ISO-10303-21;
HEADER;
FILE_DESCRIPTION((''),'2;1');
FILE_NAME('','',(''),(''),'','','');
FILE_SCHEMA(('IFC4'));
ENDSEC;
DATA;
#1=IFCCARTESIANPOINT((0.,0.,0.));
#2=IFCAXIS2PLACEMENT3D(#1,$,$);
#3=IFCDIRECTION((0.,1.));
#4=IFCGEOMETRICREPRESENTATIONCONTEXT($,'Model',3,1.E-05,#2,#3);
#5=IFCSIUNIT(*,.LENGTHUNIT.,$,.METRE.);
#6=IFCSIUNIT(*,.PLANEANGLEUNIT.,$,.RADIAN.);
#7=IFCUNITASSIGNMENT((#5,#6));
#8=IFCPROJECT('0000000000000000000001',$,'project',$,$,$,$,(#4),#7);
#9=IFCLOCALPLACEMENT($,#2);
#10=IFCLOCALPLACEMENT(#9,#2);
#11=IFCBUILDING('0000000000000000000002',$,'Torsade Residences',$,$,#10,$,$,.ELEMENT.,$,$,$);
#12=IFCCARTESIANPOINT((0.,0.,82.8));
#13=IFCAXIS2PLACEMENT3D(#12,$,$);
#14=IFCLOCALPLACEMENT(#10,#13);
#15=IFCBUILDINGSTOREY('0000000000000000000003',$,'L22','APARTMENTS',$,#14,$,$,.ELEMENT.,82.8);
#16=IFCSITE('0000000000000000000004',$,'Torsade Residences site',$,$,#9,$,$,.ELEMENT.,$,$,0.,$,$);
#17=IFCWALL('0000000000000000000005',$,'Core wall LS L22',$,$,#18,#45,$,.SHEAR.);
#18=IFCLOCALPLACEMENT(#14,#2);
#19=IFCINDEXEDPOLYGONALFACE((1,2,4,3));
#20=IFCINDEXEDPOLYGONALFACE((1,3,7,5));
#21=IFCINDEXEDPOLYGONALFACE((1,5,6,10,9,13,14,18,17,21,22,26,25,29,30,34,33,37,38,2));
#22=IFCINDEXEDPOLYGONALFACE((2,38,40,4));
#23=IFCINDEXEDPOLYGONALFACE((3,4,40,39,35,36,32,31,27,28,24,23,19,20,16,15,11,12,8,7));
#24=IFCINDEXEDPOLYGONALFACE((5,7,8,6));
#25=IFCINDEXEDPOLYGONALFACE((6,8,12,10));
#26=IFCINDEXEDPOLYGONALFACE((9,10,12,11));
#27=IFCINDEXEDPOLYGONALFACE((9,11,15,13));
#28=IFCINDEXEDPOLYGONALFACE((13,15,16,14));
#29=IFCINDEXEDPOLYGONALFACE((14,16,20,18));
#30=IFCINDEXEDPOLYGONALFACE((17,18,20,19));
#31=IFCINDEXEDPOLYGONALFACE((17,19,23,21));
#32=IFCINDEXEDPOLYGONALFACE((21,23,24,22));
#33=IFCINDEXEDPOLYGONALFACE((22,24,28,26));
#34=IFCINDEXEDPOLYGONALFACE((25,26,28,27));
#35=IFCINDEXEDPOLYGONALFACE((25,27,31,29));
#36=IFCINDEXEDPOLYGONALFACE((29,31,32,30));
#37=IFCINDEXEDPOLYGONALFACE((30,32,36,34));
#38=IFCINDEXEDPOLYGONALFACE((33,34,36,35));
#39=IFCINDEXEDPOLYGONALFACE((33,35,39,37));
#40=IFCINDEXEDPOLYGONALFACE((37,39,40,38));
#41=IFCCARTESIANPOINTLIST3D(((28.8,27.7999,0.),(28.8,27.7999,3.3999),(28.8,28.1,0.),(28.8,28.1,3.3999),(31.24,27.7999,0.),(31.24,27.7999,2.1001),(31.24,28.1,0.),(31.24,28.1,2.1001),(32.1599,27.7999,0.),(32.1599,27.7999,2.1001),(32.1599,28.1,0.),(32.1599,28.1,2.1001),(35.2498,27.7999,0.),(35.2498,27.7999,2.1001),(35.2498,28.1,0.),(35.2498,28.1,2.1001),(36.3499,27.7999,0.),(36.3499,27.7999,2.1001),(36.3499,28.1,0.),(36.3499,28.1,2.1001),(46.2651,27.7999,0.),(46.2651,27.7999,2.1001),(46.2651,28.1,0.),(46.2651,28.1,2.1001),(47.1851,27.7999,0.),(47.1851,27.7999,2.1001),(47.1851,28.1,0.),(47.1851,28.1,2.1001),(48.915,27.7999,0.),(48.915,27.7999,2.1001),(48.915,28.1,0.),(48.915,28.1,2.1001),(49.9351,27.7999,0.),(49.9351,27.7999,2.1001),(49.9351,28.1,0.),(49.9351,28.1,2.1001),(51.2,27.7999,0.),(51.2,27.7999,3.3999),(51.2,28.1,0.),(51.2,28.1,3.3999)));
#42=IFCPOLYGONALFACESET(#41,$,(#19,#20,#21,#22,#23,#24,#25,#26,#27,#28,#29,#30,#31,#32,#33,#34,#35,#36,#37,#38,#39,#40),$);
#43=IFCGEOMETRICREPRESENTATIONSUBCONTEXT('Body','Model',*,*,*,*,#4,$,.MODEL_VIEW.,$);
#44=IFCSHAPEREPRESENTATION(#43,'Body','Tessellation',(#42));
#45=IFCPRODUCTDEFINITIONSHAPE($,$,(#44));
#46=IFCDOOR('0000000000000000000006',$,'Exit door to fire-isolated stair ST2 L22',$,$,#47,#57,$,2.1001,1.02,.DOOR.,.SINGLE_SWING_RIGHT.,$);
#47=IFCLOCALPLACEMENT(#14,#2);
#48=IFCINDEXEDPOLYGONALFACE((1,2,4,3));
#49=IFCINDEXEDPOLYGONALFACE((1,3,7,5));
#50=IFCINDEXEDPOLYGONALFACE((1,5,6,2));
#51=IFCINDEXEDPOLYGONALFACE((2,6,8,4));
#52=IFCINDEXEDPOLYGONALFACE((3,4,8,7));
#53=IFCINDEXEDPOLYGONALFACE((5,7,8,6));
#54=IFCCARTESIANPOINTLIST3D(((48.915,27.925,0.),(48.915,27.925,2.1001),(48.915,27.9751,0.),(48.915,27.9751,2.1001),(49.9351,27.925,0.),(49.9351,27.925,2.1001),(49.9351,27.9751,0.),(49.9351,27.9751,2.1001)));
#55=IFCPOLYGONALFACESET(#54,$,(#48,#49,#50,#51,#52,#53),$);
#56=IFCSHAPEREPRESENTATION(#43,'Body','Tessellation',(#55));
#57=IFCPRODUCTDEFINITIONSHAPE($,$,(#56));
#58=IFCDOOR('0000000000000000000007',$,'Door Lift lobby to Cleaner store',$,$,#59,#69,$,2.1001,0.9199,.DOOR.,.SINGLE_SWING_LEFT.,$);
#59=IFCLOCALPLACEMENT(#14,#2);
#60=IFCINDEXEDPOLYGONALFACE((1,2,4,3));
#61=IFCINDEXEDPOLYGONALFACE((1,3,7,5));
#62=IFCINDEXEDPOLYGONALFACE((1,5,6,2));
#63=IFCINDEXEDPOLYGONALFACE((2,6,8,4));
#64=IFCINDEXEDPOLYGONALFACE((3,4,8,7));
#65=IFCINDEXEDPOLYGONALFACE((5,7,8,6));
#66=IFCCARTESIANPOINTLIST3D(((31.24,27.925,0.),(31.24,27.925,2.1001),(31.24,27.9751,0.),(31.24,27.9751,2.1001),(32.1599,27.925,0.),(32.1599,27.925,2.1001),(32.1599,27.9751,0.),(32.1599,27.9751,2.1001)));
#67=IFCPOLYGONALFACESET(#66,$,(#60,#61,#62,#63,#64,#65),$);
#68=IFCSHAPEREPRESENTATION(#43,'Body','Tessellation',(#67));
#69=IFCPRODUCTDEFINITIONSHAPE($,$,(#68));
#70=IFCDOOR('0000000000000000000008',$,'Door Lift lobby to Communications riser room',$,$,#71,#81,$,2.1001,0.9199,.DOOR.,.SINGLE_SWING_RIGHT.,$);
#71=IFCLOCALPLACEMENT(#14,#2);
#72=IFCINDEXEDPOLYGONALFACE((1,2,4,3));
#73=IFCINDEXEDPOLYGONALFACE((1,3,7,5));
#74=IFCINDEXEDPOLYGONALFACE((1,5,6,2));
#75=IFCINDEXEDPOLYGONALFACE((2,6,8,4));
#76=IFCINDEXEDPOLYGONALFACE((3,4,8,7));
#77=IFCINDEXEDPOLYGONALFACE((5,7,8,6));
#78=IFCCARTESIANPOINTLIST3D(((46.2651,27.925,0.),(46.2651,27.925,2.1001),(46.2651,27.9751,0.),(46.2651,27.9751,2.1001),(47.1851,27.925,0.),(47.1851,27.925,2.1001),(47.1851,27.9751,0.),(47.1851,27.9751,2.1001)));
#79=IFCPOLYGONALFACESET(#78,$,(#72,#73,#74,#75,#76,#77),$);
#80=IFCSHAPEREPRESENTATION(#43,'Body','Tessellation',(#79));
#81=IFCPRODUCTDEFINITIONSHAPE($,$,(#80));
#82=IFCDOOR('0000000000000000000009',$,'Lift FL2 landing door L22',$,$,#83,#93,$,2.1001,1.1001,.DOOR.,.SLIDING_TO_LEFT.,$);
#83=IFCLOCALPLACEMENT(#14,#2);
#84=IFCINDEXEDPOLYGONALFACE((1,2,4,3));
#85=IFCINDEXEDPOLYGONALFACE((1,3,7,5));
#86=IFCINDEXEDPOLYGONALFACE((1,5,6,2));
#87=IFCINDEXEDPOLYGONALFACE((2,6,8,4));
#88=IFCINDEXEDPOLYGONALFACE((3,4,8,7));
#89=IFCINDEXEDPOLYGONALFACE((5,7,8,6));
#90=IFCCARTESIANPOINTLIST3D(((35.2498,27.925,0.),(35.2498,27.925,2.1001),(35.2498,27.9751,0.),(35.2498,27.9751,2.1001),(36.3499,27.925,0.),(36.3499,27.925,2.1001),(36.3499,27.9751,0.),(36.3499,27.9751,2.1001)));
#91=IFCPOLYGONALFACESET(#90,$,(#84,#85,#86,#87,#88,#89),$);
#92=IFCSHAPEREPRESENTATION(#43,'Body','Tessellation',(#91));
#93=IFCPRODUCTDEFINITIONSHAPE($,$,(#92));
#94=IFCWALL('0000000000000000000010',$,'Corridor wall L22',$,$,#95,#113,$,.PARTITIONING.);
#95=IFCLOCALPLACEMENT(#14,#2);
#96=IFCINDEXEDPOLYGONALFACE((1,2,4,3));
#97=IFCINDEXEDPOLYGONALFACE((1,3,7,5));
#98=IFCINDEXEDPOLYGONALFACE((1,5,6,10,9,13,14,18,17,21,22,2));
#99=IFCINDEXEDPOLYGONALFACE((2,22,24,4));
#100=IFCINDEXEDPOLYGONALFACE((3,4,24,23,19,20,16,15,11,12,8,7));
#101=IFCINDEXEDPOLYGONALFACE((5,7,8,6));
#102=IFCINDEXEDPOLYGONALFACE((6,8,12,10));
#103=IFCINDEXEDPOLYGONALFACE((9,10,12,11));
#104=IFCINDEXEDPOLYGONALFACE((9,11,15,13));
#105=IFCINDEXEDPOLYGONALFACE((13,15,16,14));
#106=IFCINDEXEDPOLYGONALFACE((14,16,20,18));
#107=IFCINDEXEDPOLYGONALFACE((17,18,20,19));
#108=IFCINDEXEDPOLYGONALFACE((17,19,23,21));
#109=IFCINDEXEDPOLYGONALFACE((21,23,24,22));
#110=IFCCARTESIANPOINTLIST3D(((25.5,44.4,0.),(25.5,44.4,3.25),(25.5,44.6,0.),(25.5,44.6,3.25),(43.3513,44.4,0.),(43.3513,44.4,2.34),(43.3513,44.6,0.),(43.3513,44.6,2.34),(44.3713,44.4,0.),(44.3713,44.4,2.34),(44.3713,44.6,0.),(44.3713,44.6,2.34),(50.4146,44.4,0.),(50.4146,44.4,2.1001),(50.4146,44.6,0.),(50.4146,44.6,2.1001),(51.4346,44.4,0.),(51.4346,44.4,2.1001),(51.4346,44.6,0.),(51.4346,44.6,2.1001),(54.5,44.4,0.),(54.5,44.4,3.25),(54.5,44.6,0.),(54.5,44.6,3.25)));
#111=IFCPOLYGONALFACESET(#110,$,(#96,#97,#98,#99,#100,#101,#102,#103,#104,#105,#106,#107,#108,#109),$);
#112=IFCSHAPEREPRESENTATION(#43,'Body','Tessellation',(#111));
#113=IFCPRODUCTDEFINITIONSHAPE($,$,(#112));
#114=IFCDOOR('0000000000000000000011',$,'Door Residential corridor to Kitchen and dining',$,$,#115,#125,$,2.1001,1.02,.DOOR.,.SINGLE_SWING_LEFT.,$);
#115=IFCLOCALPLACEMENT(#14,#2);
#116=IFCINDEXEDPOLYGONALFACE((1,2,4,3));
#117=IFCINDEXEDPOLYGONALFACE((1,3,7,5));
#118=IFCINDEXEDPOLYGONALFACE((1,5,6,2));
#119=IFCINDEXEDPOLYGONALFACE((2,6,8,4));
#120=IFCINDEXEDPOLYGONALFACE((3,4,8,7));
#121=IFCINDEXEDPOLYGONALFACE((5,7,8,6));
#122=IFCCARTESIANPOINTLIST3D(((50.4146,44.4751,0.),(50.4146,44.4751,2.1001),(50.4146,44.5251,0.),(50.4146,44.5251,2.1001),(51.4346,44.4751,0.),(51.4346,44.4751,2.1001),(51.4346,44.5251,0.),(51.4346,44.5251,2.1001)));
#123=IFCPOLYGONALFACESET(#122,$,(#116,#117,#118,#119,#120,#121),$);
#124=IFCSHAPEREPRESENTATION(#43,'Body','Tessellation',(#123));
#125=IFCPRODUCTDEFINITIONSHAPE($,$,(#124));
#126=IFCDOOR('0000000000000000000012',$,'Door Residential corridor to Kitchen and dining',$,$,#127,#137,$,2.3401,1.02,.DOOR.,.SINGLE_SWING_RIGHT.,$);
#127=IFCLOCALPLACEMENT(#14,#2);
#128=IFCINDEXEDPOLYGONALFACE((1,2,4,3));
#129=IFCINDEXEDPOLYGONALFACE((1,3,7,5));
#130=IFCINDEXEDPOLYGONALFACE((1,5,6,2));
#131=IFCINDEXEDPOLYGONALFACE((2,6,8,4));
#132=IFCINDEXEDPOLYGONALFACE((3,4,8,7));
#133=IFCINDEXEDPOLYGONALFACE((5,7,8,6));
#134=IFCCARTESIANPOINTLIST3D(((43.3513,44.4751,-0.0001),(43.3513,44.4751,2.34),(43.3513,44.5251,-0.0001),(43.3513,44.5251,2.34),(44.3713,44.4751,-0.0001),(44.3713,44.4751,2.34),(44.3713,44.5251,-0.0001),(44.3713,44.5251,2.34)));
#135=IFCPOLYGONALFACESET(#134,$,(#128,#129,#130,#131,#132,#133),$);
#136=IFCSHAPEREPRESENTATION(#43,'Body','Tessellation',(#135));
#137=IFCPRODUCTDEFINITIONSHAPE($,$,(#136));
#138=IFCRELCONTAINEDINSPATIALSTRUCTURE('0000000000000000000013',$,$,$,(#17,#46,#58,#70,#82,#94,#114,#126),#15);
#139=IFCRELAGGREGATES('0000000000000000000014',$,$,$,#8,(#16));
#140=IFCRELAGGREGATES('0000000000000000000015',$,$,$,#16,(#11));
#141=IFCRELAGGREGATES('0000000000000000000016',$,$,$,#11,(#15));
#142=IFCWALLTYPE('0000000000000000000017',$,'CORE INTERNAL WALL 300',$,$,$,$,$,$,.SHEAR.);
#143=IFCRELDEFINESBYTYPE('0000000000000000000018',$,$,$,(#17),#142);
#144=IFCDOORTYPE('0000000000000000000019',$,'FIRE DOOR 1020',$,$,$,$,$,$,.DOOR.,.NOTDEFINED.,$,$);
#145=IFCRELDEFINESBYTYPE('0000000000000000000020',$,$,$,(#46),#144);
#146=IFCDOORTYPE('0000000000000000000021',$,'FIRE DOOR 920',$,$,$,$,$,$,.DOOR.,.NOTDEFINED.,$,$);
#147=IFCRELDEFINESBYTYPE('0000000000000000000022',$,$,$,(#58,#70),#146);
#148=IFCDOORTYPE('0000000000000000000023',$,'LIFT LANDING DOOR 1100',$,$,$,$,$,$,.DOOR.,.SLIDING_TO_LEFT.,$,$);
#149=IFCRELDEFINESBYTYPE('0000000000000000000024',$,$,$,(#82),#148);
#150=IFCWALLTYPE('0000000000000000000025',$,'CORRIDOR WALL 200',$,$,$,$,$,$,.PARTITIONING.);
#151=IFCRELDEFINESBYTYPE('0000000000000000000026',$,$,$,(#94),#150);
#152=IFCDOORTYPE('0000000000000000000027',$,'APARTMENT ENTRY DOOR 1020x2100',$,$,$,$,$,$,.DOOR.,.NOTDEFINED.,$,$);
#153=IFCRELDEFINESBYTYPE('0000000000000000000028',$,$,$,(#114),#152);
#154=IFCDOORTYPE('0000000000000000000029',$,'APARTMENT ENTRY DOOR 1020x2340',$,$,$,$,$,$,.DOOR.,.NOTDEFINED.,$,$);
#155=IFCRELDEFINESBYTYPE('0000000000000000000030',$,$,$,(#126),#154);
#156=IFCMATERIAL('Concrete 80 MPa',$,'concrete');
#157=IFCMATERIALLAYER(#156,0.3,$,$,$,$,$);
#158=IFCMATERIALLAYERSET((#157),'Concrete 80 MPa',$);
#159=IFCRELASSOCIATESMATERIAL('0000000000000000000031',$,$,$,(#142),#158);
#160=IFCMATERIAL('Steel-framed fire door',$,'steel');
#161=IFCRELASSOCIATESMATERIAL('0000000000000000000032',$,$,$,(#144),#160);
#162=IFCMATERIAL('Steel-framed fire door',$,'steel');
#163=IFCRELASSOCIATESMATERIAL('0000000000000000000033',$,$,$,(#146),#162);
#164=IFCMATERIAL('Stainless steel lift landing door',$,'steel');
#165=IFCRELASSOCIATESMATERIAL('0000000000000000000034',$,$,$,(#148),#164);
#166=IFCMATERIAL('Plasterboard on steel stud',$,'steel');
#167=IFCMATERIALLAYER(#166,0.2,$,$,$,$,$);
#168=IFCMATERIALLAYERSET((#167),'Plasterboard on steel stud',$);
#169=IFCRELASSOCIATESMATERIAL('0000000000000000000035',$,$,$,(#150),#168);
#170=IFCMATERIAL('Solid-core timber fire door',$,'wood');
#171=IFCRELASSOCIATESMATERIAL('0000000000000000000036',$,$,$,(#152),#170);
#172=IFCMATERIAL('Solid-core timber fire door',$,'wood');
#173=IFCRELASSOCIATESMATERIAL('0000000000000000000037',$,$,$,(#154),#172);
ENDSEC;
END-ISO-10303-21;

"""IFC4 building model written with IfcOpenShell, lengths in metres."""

from ifc_helpers import new_model, si_unit, direction, frame, frame_2d, origin, place, context, subcontext, project, spatial, rectangle, extrude, material, layer, layer_set, type_object, element, fill, save


model = new_model("IFC4")

# Units and contexts
model_context = context("Model", 3, precision=1e-05, world=origin(), true_north=direction((0.0, 1.0)))
body_context = subcontext(model_context, "Body", "Model", "MODEL_VIEW")
ifc_project = project(units=[si_unit("LENGTHUNIT", "METRE"), si_unit("PLANEANGLEUNIT", "RADIAN")], contexts=[model_context])

# Site, building, storey
site_placement = place(None, origin())
site = spatial("IfcSite", under=ifc_project, at=site_placement, Name="Torsade Residences site", CompositionType="ELEMENT", RefElevation=0.0)
building_placement = place(site_placement, origin())
building = spatial("IfcBuilding", under=site, at=building_placement, Name="Torsade Residences", CompositionType="ELEMENT")
storey_placement = place(building_placement, frame((0.0, 0.0, 82.8)))
storey = spatial("IfcBuildingStorey", under=building, at=storey_placement, Name="L22", Description="APARTMENTS", CompositionType="ELEMENT", Elevation=82.8)

# Walls, openings, doors
ifc_material_1 = material(Name="Concrete 80 MPa", Category="concrete")
ifc_layer_1 = layer(ifc_material_1, 0.3)
ifc_layer_set_1 = layer_set([ifc_layer_1], Name="Concrete 80 MPa")
wall_type_1 = type_object("IfcWallType", Name="CORE INTERNAL WALL 300", PredefinedType="SHEAR", material=ifc_layer_set_1)
wall_1_placement = place(storey_placement, frame((51.2, 27.95, 0.0), z_axis=(0.0, 0.0, 1.0), x_axis=(-1.0, 0.0, 0.0)))
wall_1 = element("IfcWall", 1, at=wall_1_placement, inside=storey, type_object=wall_type_1, Name="Core wall LS L22", PredefinedType="SHEAR", context=body_context, shape_type="SweptSolid", body=[
    extrude(rectangle(XDim=22.3999, YDim=0.3, at=frame_2d((11.2, 0.0))), origin(), (0.0, 0.0, 1.0), 3.3999),
])
opening_1_placement = place(wall_1_placement, frame((19.04, 0.0, 0.0)))
opening_1 = element("IfcOpeningElement", 2, at=opening_1_placement, cuts=wall_1, PredefinedType="OPENING", context=body_context, shape_type="SweptSolid", body=[
    extrude(rectangle(XDim=0.9199, YDim=2.1001, at=frame_2d((0.46, 1.05))), frame((0.0, 0.1599, 0.0), z_axis=(0.0, -1.0, 0.0), x_axis=(1.0, 0.0, 0.0)), (0.0, 0.0, 1.0), 0.3201),
])
opening_2_placement = place(wall_1_placement, frame((1.2649, 0.0, 0.0)))
opening_2 = element("IfcOpeningElement", 3, at=opening_2_placement, cuts=wall_1, PredefinedType="OPENING", context=body_context, shape_type="SweptSolid", body=[
    extrude(rectangle(XDim=1.02, YDim=2.1001, at=frame_2d((0.51, 1.05))), frame((0.0, 0.1599, 0.0), z_axis=(0.0, -1.0, 0.0), x_axis=(1.0, 0.0, 0.0)), (0.0, 0.0, 1.0), 0.3201),
])
opening_3_placement = place(wall_1_placement, frame((4.0149, 0.0, 0.0)))
opening_3 = element("IfcOpeningElement", 4, at=opening_3_placement, cuts=wall_1, PredefinedType="OPENING", context=body_context, shape_type="SweptSolid", body=[
    extrude(rectangle(XDim=0.9199, YDim=2.1001, at=frame_2d((0.46, 1.05))), frame((0.0, 0.1599, 0.0), z_axis=(0.0, -1.0, 0.0), x_axis=(1.0, 0.0, 0.0)), (0.0, 0.0, 1.0), 0.3201),
])
opening_4_placement = place(wall_1_placement, frame((14.8501, 0.0, 0.0)))
opening_4 = element("IfcOpeningElement", 5, at=opening_4_placement, cuts=wall_1, PredefinedType="OPENING", context=body_context, shape_type="SweptSolid", body=[
    extrude(rectangle(XDim=1.1001, YDim=2.1001, at=frame_2d((0.55, 1.05))), frame((0.0, 0.1599, 0.0), z_axis=(0.0, -1.0, 0.0), x_axis=(1.0, 0.0, 0.0)), (0.0, 0.0, 1.0), 0.3201),
])
ifc_material_2 = material(Name="Steel-framed fire door", Category="steel")
door_type_1 = type_object("IfcDoorType", Name="FIRE DOOR 1020", OperationType="NOTDEFINED", PredefinedType="DOOR", material=ifc_material_2)
door_1_placement = place(opening_2_placement, origin())
door_1 = element("IfcDoor", 6, at=door_1_placement, inside=storey, type_object=door_type_1, Name="Exit door to fire-isolated stair ST2 L22", OperationType="SINGLE_SWING_RIGHT", OverallHeight=2.1001, OverallWidth=1.02, PredefinedType="DOOR", context=body_context, shape_type="SweptSolid", body=[
    extrude(rectangle(XDim=1.02, YDim=2.1001, at=frame_2d((0.51, 1.05))), frame((0.0, 0.0249, 0.0), z_axis=(0.0, -1.0, 0.0), x_axis=(1.0, 0.0, 0.0)), (0.0, 0.0, 1.0), 0.05),
])
fill(opening_2, door_1)
ifc_material_3 = material(Name="Steel-framed fire door", Category="steel")
door_type_2 = type_object("IfcDoorType", Name="FIRE DOOR 920", OperationType="NOTDEFINED", PredefinedType="DOOR", material=ifc_material_3)
door_2_placement = place(opening_1_placement, origin())
door_2 = element("IfcDoor", 7, at=door_2_placement, inside=storey, type_object=door_type_2, Name="Door Lift lobby to Cleaner store", OperationType="SINGLE_SWING_LEFT", OverallHeight=2.1001, OverallWidth=0.9199, PredefinedType="DOOR", context=body_context, shape_type="SweptSolid", body=[
    extrude(rectangle(XDim=0.9199, YDim=2.1001, at=frame_2d((0.46, 1.05))), frame((0.0, 0.0249, 0.0), z_axis=(0.0, -1.0, 0.0), x_axis=(1.0, 0.0, 0.0)), (0.0, 0.0, 1.0), 0.05),
])
fill(opening_1, door_2)
door_3_placement = place(opening_3_placement, origin())
door_3 = element("IfcDoor", 8, at=door_3_placement, inside=storey, type_object=door_type_2, Name="Door Lift lobby to Communications riser room", OperationType="SINGLE_SWING_RIGHT", OverallHeight=2.1001, OverallWidth=0.9199, PredefinedType="DOOR", context=body_context, shape_type="SweptSolid", body=[
    extrude(rectangle(XDim=0.9199, YDim=2.1001, at=frame_2d((0.46, 1.05))), frame((0.0, 0.0249, 0.0), z_axis=(0.0, -1.0, 0.0), x_axis=(1.0, 0.0, 0.0)), (0.0, 0.0, 1.0), 0.05),
])
fill(opening_3, door_3)
ifc_material_4 = material(Name="Stainless steel lift landing door", Category="steel")
door_type_3 = type_object("IfcDoorType", Name="LIFT LANDING DOOR 1100", OperationType="SLIDING_TO_LEFT", PredefinedType="DOOR", material=ifc_material_4)
door_4_placement = place(opening_4_placement, origin())
door_4 = element("IfcDoor", 9, at=door_4_placement, inside=storey, type_object=door_type_3, Name="Lift FL2 landing door L22", OperationType="SLIDING_TO_LEFT", OverallHeight=2.1001, OverallWidth=1.1001, PredefinedType="DOOR", context=body_context, shape_type="SweptSolid", body=[
    extrude(rectangle(XDim=1.1001, YDim=2.1001, at=frame_2d((0.55, 1.05))), frame((0.0, 0.0249, 0.0), z_axis=(0.0, -1.0, 0.0), x_axis=(1.0, 0.0, 0.0)), (0.0, 0.0, 1.0), 0.05),
])
fill(opening_4, door_4)
ifc_material_5 = material(Name="Plasterboard on steel stud", Category="steel")
ifc_layer_2 = layer(ifc_material_5, 0.2)
ifc_layer_set_2 = layer_set([ifc_layer_2], Name="Plasterboard on steel stud")
wall_type_2 = type_object("IfcWallType", Name="CORRIDOR WALL 200", PredefinedType="PARTITIONING", material=ifc_layer_set_2)
wall_2_placement = place(storey_placement, frame((54.5, 44.5, 0.0), z_axis=(0.0, 0.0, 1.0), x_axis=(-1.0, 0.0, 0.0)))
wall_2 = element("IfcWall", 10, at=wall_2_placement, inside=storey, type_object=wall_type_2, Name="Corridor wall L22", PredefinedType="PARTITIONING", context=body_context, shape_type="SweptSolid", body=[
    extrude(rectangle(XDim=29.0, YDim=0.2, at=frame_2d((14.5, 0.0))), origin(), (0.0, 0.0, 1.0), 3.25),
])
opening_5_placement = place(wall_2_placement, frame((10.1287, 0.0, 0.0)))
opening_5 = element("IfcOpeningElement", 11, at=opening_5_placement, cuts=wall_2, PredefinedType="OPENING", context=body_context, shape_type="SweptSolid", body=[
    extrude(rectangle(XDim=1.02, YDim=2.3401, at=frame_2d((0.51, 1.1699))), frame((0.0, 0.1099, 0.0), z_axis=(0.0, -1.0, 0.0), x_axis=(1.0, 0.0, 0.0)), (0.0, 0.0, 1.0), 0.22),
])
opening_6_placement = place(wall_2_placement, frame((3.0654, 0.0, 0.0)))
opening_6 = element("IfcOpeningElement", 12, at=opening_6_placement, cuts=wall_2, PredefinedType="OPENING", context=body_context, shape_type="SweptSolid", body=[
    extrude(rectangle(XDim=1.02, YDim=2.1001, at=frame_2d((0.51, 1.05))), frame((0.0, 0.1099, 0.0), z_axis=(0.0, -1.0, 0.0), x_axis=(1.0, 0.0, 0.0)), (0.0, 0.0, 1.0), 0.22),
])
ifc_material_6 = material(Name="Solid-core timber fire door", Category="wood")
door_type_4 = type_object("IfcDoorType", Name="APARTMENT ENTRY DOOR 1020x2100", OperationType="NOTDEFINED", PredefinedType="DOOR", material=ifc_material_6)
door_5_placement = place(opening_6_placement, origin())
door_5 = element("IfcDoor", 13, at=door_5_placement, inside=storey, type_object=door_type_4, Name="Door Residential corridor to Kitchen and dining", OperationType="SINGLE_SWING_LEFT", OverallHeight=2.1001, OverallWidth=1.02, PredefinedType="DOOR", context=body_context, shape_type="SweptSolid", body=[
    extrude(rectangle(XDim=1.02, YDim=2.1001, at=frame_2d((0.51, 1.05))), frame((0.0, 0.0249, 0.0), z_axis=(0.0, -1.0, 0.0), x_axis=(1.0, 0.0, 0.0)), (0.0, 0.0, 1.0), 0.05),
])
fill(opening_6, door_5)
ifc_material_7 = material(Name="Solid-core timber fire door", Category="wood")
door_type_5 = type_object("IfcDoorType", Name="APARTMENT ENTRY DOOR 1020x2340", OperationType="NOTDEFINED", PredefinedType="DOOR", material=ifc_material_7)
door_6_placement = place(opening_5_placement, origin())
door_6 = element("IfcDoor", 14, at=door_6_placement, inside=storey, type_object=door_type_5, Name="Door Residential corridor to Kitchen and dining", OperationType="SINGLE_SWING_RIGHT", OverallHeight=2.3401, OverallWidth=1.02, PredefinedType="DOOR", context=body_context, shape_type="SweptSolid", body=[
    extrude(rectangle(XDim=1.02, YDim=2.3401, at=frame_2d((0.51, 1.1699))), frame((0.0, 0.0249, 0.0), z_axis=(0.0, -1.0, 0.0), x_axis=(1.0, 0.0, 0.0)), (0.0, 0.0, 1.0), 0.05),
])
fill(opening_5, door_6)

save(model, "model.ifc")
